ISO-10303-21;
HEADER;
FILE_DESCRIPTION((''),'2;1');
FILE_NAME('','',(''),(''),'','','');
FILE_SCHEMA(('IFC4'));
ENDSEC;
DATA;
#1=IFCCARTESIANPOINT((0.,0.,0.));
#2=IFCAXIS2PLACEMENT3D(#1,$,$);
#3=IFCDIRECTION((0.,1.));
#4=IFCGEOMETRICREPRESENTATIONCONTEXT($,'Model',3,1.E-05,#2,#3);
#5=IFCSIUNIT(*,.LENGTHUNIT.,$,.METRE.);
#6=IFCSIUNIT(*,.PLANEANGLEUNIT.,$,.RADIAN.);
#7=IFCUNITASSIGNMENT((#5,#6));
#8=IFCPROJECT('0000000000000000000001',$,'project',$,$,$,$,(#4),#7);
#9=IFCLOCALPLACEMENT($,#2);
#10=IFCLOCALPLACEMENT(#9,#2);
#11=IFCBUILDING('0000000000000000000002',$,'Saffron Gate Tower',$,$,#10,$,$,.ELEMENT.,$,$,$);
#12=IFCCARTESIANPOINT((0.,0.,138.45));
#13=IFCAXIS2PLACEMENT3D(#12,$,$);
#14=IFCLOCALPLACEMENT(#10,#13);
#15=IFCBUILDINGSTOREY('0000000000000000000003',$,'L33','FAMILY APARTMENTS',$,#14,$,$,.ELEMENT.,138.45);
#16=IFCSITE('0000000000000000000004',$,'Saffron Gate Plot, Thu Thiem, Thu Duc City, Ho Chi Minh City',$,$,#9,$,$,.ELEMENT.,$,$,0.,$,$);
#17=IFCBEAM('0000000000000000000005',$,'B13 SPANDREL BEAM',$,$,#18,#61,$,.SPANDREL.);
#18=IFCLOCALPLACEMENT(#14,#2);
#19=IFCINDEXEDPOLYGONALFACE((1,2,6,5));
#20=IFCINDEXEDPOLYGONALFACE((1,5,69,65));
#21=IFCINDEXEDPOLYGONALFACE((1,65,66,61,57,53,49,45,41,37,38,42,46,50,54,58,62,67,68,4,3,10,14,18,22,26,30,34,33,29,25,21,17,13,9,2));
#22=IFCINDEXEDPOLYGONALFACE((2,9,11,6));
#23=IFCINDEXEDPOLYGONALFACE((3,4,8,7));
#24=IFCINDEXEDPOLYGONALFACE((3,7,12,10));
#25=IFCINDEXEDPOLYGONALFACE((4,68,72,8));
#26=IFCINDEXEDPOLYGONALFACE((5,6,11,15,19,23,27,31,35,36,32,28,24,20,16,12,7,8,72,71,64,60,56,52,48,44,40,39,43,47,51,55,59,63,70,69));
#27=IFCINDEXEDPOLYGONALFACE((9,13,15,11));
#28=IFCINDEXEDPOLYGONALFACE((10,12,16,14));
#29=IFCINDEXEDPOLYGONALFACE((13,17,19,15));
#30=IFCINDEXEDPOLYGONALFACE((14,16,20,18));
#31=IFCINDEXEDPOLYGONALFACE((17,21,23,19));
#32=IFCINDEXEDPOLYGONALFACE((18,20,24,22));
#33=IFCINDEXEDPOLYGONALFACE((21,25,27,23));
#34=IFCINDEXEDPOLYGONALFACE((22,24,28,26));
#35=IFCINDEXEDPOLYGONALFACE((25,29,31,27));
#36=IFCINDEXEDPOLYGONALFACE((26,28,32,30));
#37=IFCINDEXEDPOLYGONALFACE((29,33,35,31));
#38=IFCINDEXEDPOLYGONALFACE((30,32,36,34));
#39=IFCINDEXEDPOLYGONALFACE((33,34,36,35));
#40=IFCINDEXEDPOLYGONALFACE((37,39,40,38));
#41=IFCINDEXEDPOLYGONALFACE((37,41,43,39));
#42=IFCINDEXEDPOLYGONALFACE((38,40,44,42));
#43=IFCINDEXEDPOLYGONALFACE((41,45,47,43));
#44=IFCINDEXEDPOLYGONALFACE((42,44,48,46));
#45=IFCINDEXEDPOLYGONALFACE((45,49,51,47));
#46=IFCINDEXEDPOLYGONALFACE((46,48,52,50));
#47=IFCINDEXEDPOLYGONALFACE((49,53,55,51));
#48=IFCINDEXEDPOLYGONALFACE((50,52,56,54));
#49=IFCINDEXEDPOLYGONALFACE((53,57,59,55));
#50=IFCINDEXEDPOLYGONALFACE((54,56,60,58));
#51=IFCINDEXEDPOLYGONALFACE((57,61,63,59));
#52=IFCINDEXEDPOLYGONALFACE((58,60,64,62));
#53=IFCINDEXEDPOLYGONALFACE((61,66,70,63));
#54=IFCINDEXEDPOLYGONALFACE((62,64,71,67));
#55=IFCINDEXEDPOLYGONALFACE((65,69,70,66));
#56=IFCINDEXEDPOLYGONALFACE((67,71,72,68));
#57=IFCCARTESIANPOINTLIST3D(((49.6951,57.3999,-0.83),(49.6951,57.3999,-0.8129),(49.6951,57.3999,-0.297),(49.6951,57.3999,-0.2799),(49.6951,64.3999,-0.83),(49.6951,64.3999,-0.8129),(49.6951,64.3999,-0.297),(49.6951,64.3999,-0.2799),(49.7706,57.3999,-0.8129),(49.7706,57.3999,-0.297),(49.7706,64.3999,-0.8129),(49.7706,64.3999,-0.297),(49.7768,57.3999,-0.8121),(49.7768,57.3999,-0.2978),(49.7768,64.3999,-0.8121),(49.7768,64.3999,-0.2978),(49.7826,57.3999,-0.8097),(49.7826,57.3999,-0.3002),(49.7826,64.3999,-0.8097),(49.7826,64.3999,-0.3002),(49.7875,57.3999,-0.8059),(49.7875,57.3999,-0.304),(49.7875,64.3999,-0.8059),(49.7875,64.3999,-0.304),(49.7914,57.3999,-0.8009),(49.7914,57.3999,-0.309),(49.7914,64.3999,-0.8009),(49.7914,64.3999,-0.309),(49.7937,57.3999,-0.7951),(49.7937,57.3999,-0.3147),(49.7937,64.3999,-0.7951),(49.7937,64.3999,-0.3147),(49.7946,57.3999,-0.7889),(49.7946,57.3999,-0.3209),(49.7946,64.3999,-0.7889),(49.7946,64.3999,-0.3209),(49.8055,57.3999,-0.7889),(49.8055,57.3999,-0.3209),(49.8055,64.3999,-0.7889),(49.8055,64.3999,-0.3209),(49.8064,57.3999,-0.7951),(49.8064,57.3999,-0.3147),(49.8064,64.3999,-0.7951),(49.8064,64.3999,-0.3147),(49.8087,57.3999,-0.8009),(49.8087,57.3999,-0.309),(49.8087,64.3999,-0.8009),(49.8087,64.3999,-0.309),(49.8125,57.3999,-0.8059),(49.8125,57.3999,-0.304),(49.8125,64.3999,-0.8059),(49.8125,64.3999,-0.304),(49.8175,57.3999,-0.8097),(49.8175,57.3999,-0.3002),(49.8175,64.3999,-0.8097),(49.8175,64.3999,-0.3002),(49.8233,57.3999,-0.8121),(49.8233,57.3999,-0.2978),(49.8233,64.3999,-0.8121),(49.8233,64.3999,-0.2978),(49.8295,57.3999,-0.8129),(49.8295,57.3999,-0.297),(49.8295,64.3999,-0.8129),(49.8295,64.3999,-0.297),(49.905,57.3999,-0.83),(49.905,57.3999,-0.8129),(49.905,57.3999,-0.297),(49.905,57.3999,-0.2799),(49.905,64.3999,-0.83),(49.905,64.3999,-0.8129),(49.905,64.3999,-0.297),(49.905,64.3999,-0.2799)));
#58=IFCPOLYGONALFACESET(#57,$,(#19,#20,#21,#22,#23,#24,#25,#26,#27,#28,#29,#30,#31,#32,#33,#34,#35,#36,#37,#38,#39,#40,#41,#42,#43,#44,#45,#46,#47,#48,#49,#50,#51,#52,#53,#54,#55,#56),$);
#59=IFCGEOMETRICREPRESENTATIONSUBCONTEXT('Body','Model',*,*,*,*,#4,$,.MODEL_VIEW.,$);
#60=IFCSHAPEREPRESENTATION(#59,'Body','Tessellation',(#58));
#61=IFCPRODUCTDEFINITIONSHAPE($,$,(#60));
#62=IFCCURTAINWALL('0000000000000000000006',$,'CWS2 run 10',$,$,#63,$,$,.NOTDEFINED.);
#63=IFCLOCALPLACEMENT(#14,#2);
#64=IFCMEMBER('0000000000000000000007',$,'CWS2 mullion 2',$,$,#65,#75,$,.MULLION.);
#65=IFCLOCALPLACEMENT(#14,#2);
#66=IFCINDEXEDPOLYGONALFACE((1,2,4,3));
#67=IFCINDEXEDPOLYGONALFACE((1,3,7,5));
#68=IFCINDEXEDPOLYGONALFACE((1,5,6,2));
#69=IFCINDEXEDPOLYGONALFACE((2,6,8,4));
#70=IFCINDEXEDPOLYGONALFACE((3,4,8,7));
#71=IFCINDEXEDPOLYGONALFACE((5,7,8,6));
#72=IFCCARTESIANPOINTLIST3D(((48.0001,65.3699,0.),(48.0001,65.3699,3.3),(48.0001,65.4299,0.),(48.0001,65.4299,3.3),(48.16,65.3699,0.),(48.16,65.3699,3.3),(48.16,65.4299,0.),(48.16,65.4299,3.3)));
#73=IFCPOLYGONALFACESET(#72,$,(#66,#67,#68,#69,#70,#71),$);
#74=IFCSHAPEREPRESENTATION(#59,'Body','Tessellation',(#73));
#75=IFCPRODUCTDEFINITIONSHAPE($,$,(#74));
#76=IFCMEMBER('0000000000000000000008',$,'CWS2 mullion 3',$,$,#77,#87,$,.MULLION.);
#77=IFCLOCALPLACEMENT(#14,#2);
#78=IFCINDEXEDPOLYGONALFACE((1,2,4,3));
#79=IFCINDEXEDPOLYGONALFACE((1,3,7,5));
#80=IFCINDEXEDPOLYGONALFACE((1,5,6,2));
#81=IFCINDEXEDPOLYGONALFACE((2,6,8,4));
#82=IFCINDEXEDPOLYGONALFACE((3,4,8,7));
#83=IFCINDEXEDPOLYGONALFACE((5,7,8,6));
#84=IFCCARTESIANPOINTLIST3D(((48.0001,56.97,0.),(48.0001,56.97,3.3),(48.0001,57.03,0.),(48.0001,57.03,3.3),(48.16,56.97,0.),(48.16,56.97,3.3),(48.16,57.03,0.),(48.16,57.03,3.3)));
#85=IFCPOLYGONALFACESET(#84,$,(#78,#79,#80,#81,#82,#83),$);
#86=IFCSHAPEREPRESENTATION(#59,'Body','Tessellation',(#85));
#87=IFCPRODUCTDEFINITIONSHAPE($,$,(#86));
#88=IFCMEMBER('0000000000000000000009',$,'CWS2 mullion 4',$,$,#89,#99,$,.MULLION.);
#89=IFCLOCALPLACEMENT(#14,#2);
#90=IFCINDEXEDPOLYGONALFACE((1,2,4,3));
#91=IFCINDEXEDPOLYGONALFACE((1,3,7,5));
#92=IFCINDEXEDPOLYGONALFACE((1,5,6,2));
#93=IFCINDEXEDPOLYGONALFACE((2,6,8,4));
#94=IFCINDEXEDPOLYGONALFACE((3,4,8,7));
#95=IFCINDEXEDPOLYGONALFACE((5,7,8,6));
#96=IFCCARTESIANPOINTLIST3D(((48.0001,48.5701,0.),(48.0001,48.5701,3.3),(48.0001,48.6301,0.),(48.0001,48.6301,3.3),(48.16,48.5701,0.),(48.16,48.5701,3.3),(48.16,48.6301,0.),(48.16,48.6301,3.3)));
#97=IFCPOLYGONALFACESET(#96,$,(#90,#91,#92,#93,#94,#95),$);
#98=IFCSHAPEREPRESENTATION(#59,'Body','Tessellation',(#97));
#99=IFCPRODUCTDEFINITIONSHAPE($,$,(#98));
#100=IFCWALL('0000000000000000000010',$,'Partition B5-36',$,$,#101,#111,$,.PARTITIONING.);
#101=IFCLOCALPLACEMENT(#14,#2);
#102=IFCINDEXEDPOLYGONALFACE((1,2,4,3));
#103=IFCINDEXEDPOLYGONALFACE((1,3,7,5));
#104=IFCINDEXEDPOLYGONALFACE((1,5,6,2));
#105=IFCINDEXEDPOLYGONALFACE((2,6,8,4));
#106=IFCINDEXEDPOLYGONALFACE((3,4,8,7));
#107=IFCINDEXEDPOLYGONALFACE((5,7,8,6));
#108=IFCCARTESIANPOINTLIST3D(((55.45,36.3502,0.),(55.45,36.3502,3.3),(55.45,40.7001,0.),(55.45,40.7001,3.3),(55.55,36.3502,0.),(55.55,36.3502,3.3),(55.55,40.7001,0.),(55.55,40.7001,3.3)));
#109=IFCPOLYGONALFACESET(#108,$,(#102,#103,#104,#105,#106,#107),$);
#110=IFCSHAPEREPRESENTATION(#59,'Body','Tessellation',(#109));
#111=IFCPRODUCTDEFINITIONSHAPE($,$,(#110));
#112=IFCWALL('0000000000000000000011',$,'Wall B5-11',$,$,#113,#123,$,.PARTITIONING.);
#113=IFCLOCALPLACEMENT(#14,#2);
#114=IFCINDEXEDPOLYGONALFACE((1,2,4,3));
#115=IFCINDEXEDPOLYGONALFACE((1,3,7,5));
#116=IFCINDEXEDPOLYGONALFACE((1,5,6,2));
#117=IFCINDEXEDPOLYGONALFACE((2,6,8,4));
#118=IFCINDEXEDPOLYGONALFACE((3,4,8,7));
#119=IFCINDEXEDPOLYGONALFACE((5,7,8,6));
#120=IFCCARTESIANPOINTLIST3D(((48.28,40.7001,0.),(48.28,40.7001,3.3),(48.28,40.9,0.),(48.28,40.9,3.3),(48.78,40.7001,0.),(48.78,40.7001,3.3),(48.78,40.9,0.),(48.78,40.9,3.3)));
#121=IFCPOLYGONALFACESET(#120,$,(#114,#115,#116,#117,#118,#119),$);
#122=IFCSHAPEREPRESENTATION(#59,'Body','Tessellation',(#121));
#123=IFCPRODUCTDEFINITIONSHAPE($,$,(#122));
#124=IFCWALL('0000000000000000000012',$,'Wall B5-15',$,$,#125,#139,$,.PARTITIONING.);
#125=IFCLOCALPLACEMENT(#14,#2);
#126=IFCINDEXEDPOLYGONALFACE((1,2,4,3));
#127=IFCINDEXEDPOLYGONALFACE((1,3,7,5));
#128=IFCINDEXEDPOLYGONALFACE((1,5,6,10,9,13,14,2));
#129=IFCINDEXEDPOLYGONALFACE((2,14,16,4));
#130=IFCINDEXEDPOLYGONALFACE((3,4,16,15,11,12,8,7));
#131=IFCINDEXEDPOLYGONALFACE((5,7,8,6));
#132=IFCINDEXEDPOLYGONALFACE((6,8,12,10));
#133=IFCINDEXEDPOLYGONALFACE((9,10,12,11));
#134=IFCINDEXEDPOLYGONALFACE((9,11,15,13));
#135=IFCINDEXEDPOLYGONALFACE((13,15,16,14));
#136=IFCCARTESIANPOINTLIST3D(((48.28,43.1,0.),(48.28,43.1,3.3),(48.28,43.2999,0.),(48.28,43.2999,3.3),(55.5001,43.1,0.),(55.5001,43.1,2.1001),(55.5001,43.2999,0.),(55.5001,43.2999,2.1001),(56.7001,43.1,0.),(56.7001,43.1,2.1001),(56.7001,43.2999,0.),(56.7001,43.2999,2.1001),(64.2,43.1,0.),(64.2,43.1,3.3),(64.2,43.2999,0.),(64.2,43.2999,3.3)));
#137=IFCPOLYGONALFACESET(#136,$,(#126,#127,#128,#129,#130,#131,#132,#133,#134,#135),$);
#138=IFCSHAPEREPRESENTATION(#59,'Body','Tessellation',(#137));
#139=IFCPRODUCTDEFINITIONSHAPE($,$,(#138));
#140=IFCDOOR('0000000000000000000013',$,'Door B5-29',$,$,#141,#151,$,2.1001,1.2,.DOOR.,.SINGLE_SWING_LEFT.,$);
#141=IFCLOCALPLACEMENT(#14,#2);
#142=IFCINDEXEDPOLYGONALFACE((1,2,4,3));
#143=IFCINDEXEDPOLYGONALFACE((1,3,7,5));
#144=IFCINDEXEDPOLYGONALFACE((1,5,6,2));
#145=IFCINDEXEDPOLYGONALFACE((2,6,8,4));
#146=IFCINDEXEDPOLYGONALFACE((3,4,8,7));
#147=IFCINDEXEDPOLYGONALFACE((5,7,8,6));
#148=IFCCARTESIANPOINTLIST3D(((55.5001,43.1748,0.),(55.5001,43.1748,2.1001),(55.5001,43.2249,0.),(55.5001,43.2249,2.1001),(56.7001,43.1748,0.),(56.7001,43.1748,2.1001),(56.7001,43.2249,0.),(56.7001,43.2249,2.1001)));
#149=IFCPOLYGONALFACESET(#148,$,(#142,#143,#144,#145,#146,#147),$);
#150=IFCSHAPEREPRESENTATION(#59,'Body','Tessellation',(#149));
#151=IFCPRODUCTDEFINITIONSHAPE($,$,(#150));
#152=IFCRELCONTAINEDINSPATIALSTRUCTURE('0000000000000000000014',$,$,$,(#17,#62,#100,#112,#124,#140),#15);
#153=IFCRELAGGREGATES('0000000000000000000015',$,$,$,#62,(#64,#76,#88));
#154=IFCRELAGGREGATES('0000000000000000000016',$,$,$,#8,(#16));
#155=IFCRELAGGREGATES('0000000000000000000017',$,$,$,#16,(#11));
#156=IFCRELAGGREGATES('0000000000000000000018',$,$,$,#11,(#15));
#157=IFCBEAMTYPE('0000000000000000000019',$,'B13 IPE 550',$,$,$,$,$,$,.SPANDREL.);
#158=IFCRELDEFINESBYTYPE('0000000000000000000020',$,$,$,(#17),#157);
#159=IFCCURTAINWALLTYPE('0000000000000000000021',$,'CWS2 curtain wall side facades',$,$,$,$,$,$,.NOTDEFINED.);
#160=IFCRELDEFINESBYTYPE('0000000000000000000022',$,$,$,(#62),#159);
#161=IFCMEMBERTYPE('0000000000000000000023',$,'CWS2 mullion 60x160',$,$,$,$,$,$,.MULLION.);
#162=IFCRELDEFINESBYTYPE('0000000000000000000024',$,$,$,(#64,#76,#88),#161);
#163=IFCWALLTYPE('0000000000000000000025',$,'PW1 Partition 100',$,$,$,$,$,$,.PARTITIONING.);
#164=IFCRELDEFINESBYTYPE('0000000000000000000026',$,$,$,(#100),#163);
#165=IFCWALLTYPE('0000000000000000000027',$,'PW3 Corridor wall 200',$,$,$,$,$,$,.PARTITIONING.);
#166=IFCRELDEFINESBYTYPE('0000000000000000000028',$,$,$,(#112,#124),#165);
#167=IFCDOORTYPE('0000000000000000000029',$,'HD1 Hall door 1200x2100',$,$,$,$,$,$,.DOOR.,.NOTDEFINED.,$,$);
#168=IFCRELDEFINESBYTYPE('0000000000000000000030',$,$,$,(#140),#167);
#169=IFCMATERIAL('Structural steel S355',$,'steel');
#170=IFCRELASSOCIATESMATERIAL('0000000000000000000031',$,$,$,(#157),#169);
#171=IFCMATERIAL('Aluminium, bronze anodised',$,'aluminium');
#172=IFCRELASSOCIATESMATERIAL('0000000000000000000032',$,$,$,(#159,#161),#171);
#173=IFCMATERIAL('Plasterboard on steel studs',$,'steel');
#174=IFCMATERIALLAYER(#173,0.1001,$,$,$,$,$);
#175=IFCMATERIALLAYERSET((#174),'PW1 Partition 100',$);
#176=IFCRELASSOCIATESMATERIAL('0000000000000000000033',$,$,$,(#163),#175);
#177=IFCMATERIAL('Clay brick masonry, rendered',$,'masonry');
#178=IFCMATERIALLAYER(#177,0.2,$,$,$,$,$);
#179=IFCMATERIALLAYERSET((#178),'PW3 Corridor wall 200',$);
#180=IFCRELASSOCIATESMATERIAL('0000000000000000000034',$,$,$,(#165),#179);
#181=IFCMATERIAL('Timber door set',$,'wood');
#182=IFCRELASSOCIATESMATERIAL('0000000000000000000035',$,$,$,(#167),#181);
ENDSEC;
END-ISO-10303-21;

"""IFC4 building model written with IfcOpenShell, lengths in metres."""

from ifc_helpers import new_model, si_unit, direction, frame, frame_2d, origin, origin_2d, place, context, subcontext, project, spatial, rectangle, i_section, extrude, material, layer, layer_set, material_profile, profile_set, type_object, element, fill, aggregate, save


model = new_model("IFC4")

# Units and contexts
model_context = context("Model", 3, precision=1e-05, world=origin(), true_north=direction((0.0, 1.0)))
body_context = subcontext(model_context, "Body", "Model", "MODEL_VIEW")
ifc_project = project(units=[si_unit("LENGTHUNIT", "METRE"), si_unit("PLANEANGLEUNIT", "RADIAN")], contexts=[model_context])

# Site, building, storey
site_placement = place(None, origin())
site = spatial("IfcSite", under=ifc_project, at=site_placement, Name="Saffron Gate Plot, Thu Thiem, Thu Duc City, Ho Chi Minh City", CompositionType="ELEMENT", RefElevation=0.0)
building_placement = place(site_placement, origin())
building = spatial("IfcBuilding", under=site, at=building_placement, Name="Saffron Gate Tower", CompositionType="ELEMENT")
storey_placement = place(building_placement, frame((0.0, 0.0, 138.45)))
storey = spatial("IfcBuildingStorey", under=building, at=storey_placement, Name="L33", Description="FAMILY APARTMENTS", CompositionType="ELEMENT", Elevation=138.45)

# Beam
ifc_material_1 = material(Name="Structural steel S355", Category="steel")
ifc_material_profile_1 = material_profile(ifc_material_1, i_section(OverallWidth=0.21, OverallDepth=0.55, WebThickness=0.011, FlangeThickness=0.0171, FilletRadius=0.0239, at=origin_2d()))
ifc_profile_set_1 = profile_set([ifc_material_profile_1], Name="Structural steel S355")
beam_type = type_object("IfcBeamType", Name="B13 IPE 550", PredefinedType="SPANDREL", material=ifc_profile_set_1)
beam_1_placement = place(storey_placement, frame((49.8, 57.3999, -0.5549), z_axis=(0.0, 1.0, 0.0), x_axis=(-1.0, 0.0, 0.0)))
element("IfcBeam", 1, at=beam_1_placement, inside=storey, type_object=beam_type, Name="B13 SPANDREL BEAM", PredefinedType="SPANDREL", context=body_context, shape_type="SweptSolid", body=[
    extrude(i_section(OverallWidth=0.21, OverallDepth=0.55, WebThickness=0.011, FlangeThickness=0.0171, FilletRadius=0.0239, at=origin_2d()), origin(), (0.0, 0.0, 1.0), 7.0),
])

# Curtain wall, members
ifc_material_2 = material(Name="Aluminium, bronze anodised", Category="aluminium")
curtain_wall_type = type_object("IfcCurtainWallType", Name="CWS2 curtain wall side facades", PredefinedType="NOTDEFINED", material=ifc_material_2)
curtain_wall_placement = place(storey_placement, origin())
curtain_wall = element("IfcCurtainWall", 2, at=curtain_wall_placement, inside=storey, type_object=curtain_wall_type, Name="CWS2 run 10", PredefinedType="NOTDEFINED")
ifc_material_profile_2 = material_profile(ifc_material_2, rectangle(XDim=0.1599, YDim=0.0601, at=origin_2d()))
ifc_profile_set_2 = profile_set([ifc_material_profile_2], Name="Aluminium, bronze anodised")
member_type = type_object("IfcMemberType", Name="CWS2 mullion 60x160", PredefinedType="MULLION", material=ifc_profile_set_2)
member_1_placement = place(storey_placement, frame((48.0801, 65.3999, 0.0), z_axis=(0.0, 0.0, 1.0), x_axis=(1.0, 0.0, 0.0)))
member_1 = element("IfcMember", 3, at=member_1_placement, type_object=member_type, Name="CWS2 mullion 2", PredefinedType="MULLION", context=body_context, shape_type="SweptSolid", body=[
    extrude(rectangle(XDim=0.1599, YDim=0.0601, at=origin_2d()), origin(), (0.0, 0.0, 1.0), 3.3),
])
member_2_placement = place(storey_placement, frame((48.0801, 57.0, 0.0), z_axis=(0.0, 0.0, 1.0), x_axis=(1.0, 0.0, 0.0)))
member_2 = element("IfcMember", 4, at=member_2_placement, type_object=member_type, Name="CWS2 mullion 3", PredefinedType="MULLION", context=body_context, shape_type="SweptSolid", body=[
    extrude(rectangle(XDim=0.1599, YDim=0.0601, at=origin_2d()), origin(), (0.0, 0.0, 1.0), 3.3),
])
member_3_placement = place(storey_placement, frame((48.0801, 48.6001, 0.0), z_axis=(0.0, 0.0, 1.0), x_axis=(1.0, 0.0, 0.0)))
member_3 = element("IfcMember", 5, at=member_3_placement, type_object=member_type, Name="CWS2 mullion 4", PredefinedType="MULLION", context=body_context, shape_type="SweptSolid", body=[
    extrude(rectangle(XDim=0.1599, YDim=0.0601, at=origin_2d()), origin(), (0.0, 0.0, 1.0), 3.3),
])
aggregate(curtain_wall, [member_1, member_2, member_3])

# Walls
ifc_material_3 = material(Name="Plasterboard on steel studs", Category="steel")
ifc_layer_1 = layer(ifc_material_3, 0.1001)
ifc_layer_set_1 = layer_set([ifc_layer_1], Name="PW1 Partition 100")
wall_type_1 = type_object("IfcWallType", Name="PW1 Partition 100", PredefinedType="PARTITIONING", material=ifc_layer_set_1)
wall_1_placement = place(storey_placement, frame((55.5, 40.7, 0.0), z_axis=(0.0, 0.0, 1.0), x_axis=(0.0, -1.0, 0.0)))
element("IfcWall", 6, at=wall_1_placement, inside=storey, type_object=wall_type_1, Name="Partition B5-36", PredefinedType="PARTITIONING", context=body_context, shape_type="SweptSolid", body=[
    extrude(rectangle(XDim=4.3499, YDim=0.1001, at=frame_2d((2.1748, 0.0))), origin(), (0.0, 0.0, 1.0), 3.3),
])
ifc_material_4 = material(Name="Clay brick masonry, rendered", Category="masonry")
ifc_layer_2 = layer(ifc_material_4, 0.2)
ifc_layer_set_2 = layer_set([ifc_layer_2], Name="PW3 Corridor wall 200")
wall_type_2 = type_object("IfcWallType", Name="PW3 Corridor wall 200", PredefinedType="PARTITIONING", material=ifc_layer_set_2)
wall_2_placement = place(storey_placement, frame((48.28, 40.8, 0.0), z_axis=(0.0, 0.0, 1.0), x_axis=(1.0, 0.0, 0.0)))
element("IfcWall", 7, at=wall_2_placement, inside=storey, type_object=wall_type_2, Name="Wall B5-11", PredefinedType="PARTITIONING", context=body_context, shape_type="SweptSolid", body=[
    extrude(rectangle(XDim=0.5, YDim=0.2, at=frame_2d((0.25, 0.0))), origin(), (0.0, 0.0, 1.0), 3.3),
])

# Wall, opening, door
wall_3_placement = place(storey_placement, frame((48.28, 43.2, 0.0), z_axis=(0.0, 0.0, 1.0), x_axis=(1.0, 0.0, 0.0)))
wall_3 = element("IfcWall", 8, at=wall_3_placement, inside=storey, type_object=wall_type_2, Name="Wall B5-15", PredefinedType="PARTITIONING", context=body_context, shape_type="SweptSolid", body=[
    extrude(rectangle(XDim=15.9199, YDim=0.2, at=frame_2d((7.96, 0.0))), origin(), (0.0, 0.0, 1.0), 3.3),
])
opening_1_placement = place(wall_3_placement, frame((7.22, 0.0, 0.0)))
opening_1 = element("IfcOpeningElement", 9, at=opening_1_placement, cuts=wall_3, PredefinedType="OPENING", context=body_context, shape_type="SweptSolid", body=[
    extrude(rectangle(XDim=1.2, YDim=2.1001, at=frame_2d((0.6001, 1.05))), frame((0.0, 0.1099, 0.0), z_axis=(0.0, -1.0, 0.0), x_axis=(1.0, 0.0, 0.0)), (0.0, 0.0, 1.0), 0.22),
])
ifc_material_5 = material(Name="Timber door set", Category="wood")
door_type = type_object("IfcDoorType", Name="HD1 Hall door 1200x2100", OperationType="NOTDEFINED", PredefinedType="DOOR", material=ifc_material_5)
door_1_placement = place(opening_1_placement, origin())
door_1 = element("IfcDoor", 10, at=door_1_placement, inside=storey, type_object=door_type, Name="Door B5-29", OperationType="SINGLE_SWING_LEFT", OverallHeight=2.1001, OverallWidth=1.2, PredefinedType="DOOR", context=body_context, shape_type="SweptSolid", body=[
    extrude(rectangle(XDim=1.2, YDim=2.1001, at=frame_2d((0.6001, 1.05))), frame((0.0, 0.0249, 0.0), z_axis=(0.0, -1.0, 0.0), x_axis=(1.0, 0.0, 0.0)), (0.0, 0.0, 1.0), 0.05),
])
fill(opening_1, door_1)

save(model, "model.ifc")
